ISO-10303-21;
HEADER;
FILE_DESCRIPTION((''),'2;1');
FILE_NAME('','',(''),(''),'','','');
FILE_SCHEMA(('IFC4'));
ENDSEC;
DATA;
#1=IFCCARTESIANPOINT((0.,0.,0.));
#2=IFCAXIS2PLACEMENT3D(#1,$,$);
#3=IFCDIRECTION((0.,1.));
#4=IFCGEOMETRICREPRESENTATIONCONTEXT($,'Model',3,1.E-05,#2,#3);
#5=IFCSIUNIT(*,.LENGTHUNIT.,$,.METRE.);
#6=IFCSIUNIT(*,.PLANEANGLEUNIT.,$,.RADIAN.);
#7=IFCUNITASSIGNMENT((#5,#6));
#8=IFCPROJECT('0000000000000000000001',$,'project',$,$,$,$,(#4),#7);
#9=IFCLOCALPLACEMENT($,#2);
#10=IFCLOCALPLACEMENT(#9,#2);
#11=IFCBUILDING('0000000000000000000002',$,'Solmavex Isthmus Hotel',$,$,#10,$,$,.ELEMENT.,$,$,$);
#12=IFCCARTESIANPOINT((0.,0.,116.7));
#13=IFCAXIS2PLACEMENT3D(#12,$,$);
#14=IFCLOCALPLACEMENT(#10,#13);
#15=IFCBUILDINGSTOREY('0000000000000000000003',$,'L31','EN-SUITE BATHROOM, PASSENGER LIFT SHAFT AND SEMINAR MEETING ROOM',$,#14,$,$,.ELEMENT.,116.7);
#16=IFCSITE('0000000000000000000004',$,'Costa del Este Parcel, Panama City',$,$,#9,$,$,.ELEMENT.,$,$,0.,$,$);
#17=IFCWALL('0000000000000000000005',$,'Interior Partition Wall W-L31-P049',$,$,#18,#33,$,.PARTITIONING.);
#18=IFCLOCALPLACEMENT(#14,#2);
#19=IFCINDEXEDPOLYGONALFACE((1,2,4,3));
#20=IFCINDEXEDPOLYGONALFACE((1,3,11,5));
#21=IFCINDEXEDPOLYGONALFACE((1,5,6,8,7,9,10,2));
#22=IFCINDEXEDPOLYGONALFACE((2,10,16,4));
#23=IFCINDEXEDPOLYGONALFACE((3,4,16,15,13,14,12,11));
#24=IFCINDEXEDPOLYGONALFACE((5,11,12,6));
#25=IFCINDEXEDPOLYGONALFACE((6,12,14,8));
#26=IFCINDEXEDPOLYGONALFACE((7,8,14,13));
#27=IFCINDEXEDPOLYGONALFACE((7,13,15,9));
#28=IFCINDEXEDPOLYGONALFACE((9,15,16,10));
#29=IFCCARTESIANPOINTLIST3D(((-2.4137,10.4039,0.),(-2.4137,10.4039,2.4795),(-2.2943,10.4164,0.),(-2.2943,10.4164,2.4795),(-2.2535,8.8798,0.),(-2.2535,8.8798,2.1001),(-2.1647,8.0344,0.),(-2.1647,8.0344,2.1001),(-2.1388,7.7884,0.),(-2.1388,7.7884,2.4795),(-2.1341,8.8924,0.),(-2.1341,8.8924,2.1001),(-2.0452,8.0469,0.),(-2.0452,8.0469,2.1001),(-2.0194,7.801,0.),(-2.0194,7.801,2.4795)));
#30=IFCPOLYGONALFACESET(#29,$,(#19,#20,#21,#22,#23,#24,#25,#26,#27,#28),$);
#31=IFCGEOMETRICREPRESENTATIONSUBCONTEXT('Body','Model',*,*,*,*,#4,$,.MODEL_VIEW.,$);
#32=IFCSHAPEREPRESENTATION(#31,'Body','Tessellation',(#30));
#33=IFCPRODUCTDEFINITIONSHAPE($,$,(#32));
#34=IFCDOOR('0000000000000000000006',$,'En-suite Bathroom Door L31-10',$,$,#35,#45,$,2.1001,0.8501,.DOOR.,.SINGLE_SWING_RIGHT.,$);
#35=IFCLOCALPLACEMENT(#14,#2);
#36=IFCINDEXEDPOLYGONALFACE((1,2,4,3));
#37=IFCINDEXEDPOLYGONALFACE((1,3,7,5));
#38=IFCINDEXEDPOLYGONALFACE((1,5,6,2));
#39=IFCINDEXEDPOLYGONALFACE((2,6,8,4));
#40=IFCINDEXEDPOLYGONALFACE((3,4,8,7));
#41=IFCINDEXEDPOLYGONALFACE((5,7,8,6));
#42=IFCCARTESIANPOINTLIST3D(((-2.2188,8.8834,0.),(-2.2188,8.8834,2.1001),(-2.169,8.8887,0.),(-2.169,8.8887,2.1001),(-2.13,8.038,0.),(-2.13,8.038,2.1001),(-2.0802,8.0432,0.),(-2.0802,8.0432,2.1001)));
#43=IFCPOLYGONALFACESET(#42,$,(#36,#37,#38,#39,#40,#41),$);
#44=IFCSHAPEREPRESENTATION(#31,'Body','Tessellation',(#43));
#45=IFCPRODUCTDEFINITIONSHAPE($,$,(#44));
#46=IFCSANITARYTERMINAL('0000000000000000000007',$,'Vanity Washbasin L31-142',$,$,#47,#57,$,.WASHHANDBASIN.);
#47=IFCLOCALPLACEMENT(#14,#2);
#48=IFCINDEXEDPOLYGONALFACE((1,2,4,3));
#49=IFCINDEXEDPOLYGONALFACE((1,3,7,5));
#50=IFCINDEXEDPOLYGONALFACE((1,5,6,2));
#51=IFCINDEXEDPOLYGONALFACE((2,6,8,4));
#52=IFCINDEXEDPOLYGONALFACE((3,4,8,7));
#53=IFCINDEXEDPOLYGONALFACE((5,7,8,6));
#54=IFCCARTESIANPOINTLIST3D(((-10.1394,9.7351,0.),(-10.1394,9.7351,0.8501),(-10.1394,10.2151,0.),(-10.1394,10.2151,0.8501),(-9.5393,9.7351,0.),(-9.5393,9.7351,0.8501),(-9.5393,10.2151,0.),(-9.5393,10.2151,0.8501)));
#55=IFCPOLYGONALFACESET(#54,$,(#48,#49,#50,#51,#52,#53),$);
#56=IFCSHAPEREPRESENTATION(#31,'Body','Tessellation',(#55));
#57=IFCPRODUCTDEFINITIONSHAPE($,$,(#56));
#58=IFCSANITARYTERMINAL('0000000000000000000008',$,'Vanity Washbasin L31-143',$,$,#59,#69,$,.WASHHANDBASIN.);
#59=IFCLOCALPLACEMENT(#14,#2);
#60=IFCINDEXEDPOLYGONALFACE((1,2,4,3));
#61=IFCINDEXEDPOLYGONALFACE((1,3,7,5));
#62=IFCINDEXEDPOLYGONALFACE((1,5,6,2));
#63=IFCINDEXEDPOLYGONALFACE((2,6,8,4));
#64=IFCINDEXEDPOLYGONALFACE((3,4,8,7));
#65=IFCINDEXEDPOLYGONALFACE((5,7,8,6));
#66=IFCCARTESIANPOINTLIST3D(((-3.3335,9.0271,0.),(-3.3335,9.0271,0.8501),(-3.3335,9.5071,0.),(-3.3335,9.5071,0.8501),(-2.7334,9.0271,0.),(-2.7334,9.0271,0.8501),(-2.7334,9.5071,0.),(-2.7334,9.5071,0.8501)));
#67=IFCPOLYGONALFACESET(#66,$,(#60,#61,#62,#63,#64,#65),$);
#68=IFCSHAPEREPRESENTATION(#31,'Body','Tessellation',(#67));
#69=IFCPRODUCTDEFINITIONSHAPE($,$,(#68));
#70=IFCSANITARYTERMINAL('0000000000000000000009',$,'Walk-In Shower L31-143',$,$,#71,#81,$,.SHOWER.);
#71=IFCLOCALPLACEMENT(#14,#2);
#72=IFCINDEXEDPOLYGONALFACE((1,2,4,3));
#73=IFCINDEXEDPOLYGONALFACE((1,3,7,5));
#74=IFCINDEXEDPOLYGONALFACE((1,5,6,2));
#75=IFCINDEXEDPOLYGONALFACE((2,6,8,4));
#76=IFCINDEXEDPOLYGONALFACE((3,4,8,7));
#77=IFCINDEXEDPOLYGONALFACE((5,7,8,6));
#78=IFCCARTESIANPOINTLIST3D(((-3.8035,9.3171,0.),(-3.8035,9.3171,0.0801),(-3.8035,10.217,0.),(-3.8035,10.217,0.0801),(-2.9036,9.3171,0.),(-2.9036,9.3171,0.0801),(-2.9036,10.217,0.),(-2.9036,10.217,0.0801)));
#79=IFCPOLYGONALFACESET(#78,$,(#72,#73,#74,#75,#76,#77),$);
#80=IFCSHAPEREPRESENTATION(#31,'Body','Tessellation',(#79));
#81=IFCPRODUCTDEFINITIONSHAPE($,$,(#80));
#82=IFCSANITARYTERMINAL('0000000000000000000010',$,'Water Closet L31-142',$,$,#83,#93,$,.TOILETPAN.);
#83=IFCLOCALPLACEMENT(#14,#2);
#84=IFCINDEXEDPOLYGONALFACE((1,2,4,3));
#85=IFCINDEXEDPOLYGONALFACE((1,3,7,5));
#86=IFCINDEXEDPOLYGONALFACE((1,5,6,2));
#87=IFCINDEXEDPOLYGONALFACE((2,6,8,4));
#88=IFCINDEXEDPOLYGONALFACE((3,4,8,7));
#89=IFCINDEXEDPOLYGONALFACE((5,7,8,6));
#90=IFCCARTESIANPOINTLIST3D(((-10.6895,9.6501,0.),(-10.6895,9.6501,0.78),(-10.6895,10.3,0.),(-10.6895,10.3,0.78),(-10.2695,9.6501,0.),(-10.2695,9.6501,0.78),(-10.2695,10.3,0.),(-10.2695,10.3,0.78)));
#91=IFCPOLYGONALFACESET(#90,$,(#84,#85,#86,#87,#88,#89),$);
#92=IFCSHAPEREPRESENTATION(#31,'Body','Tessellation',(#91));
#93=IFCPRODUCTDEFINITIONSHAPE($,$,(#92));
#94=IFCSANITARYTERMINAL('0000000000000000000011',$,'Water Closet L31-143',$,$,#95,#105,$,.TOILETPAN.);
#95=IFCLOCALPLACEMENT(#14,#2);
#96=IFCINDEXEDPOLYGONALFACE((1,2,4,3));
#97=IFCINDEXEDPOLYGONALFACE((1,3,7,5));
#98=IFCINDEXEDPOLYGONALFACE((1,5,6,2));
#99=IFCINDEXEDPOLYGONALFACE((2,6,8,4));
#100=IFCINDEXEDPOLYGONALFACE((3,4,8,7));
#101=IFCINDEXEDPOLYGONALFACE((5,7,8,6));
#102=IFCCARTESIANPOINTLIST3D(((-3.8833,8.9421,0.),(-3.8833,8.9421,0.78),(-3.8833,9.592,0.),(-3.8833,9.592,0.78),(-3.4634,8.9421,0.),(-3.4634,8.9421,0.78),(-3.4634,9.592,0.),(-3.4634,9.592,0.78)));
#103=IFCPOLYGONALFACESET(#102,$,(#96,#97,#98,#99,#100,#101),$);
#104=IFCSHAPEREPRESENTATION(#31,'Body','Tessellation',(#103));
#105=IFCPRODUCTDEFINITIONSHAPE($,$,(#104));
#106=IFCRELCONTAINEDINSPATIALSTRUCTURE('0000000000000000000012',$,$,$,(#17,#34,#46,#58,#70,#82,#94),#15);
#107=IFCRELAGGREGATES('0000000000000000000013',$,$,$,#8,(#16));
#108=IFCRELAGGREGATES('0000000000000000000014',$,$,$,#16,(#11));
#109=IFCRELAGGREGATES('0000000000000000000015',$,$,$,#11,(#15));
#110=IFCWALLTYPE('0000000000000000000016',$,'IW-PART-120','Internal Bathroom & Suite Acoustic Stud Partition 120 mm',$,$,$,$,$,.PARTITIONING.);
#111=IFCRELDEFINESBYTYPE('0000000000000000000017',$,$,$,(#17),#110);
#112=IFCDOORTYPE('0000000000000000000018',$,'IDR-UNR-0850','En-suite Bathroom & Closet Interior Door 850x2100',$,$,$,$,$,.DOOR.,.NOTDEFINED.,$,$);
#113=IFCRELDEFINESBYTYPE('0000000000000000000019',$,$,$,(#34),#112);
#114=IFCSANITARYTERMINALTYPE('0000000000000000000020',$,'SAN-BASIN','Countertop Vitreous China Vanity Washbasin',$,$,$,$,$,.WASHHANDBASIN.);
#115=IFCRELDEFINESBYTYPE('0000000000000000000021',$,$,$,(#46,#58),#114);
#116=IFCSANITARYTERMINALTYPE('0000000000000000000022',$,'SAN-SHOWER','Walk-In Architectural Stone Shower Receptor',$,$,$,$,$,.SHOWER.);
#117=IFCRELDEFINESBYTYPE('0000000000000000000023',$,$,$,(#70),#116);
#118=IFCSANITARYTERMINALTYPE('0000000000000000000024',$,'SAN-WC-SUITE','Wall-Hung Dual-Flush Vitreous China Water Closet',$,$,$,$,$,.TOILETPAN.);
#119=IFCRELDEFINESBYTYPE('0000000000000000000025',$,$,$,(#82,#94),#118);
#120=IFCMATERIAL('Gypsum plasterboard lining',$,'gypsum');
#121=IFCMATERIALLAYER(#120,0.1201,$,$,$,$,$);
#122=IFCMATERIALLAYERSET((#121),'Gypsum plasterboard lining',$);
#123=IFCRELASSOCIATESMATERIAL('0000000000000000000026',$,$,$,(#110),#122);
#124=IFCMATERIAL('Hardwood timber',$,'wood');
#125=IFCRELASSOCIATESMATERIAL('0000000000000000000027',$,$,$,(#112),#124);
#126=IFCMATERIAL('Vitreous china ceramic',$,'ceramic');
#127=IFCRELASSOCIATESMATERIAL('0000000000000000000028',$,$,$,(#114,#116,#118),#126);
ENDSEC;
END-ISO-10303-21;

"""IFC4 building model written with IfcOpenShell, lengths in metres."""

from ifc_helpers import new_model, si_unit, direction, frame, frame_2d, origin, origin_2d, place, context, subcontext, project, spatial, rectangle, extrude, material, layer, layer_set, type_object, element, fill, save


model = new_model("IFC4")

# Units and contexts
model_context = context("Model", 3, precision=1e-05, world=origin(), true_north=direction((0.0, 1.0)))
body_context = subcontext(model_context, "Body", "Model", "MODEL_VIEW")
ifc_project = project(units=[si_unit("LENGTHUNIT", "METRE"), si_unit("PLANEANGLEUNIT", "RADIAN")], contexts=[model_context])

# Site, building, storey
site_placement = place(None, origin())
site = spatial("IfcSite", under=ifc_project, at=site_placement, Name="Costa del Este Parcel, Panama City", CompositionType="ELEMENT", RefElevation=0.0)
building_placement = place(site_placement, origin())
building = spatial("IfcBuilding", under=site, at=building_placement, Name="Solmavex Isthmus Hotel", CompositionType="ELEMENT")
storey_placement = place(building_placement, frame((0.0, 0.0, 116.7)))
storey = spatial("IfcBuildingStorey", under=building, at=storey_placement, Name="L31", Description="EN-SUITE BATHROOM, PASSENGER LIFT SHAFT AND SEMINAR MEETING ROOM", CompositionType="ELEMENT", Elevation=116.7)

# Shared definitions
ifc_material_1 = material(Name="Gypsum plasterboard lining", Category="gypsum")

# Shared definitions
ifc_material_2 = material(Name="Hardwood timber", Category="wood")

# Shared definitions
ifc_layer_1 = layer(ifc_material_1, 0.1201)
ifc_layer_set_1 = layer_set([ifc_layer_1], Name="Gypsum plasterboard lining")
wall_type_1 = type_object("IfcWallType", Name="IW-PART-120", Description="Internal Bathroom & Suite Acoustic Stud Partition 120 mm", PredefinedType="PARTITIONING", material=ifc_layer_set_1)

# Wall, opening, door
wall_1_placement = place(storey_placement, frame((-2.0791, 7.7947, 0.0), z_axis=(0.0, 0.0, 1.0), x_axis=(-0.10453, 0.994522, 0.0)))
wall_1 = element("IfcWall", 1, at=wall_1_placement, inside=storey, type_object=wall_type_1, Name="Interior Partition Wall W-L31-P049", PredefinedType="PARTITIONING", context=body_context, shape_type="SweptSolid", body=[
    extrude(rectangle(XDim=2.6299, YDim=0.1201, at=frame_2d((1.3149, 0.0))), origin(), (0.0, 0.0, 1.0), 2.4795),
])
opening_1_placement = place(wall_1_placement, frame((0.2473, 0.0, 0.0)))
opening_1 = element("IfcOpeningElement", 2, at=opening_1_placement, cuts=wall_1, PredefinedType="OPENING", context=body_context, shape_type="SweptSolid", body=[
    extrude(rectangle(XDim=0.8501, YDim=2.1001, at=frame_2d((0.425, 1.05))), frame((0.0, 0.0701, 0.0), z_axis=(0.0, -1.0, 0.0), x_axis=(1.0, 0.0, 0.0)), (0.0, 0.0, 1.0), 0.1401),
])
door_type_1 = type_object("IfcDoorType", Name="IDR-UNR-0850", Description="En-suite Bathroom & Closet Interior Door 850x2100", OperationType="NOTDEFINED", PredefinedType="DOOR", material=ifc_material_2)
door_1_placement = place(opening_1_placement, frame((0.8501, 0.0, 0.0), z_axis=(0.0, 0.0, 1.0), x_axis=(-1.0, 0.0, 0.0)))
door_1 = element("IfcDoor", 3, at=door_1_placement, inside=storey, type_object=door_type_1, Name="En-suite Bathroom Door L31-10", OperationType="SINGLE_SWING_RIGHT", OverallHeight=2.1001, OverallWidth=0.8501, PredefinedType="DOOR", context=body_context, shape_type="SweptSolid", body=[
    extrude(rectangle(XDim=0.8501, YDim=2.1001, at=frame_2d((0.425, 1.05))), frame((0.0, 0.0249, 0.0), z_axis=(0.0, -1.0, 0.0), x_axis=(1.0, 0.0, 0.0)), (0.0, 0.0, 1.0), 0.05),
])
fill(opening_1, door_1)

# Sanitary terminals
ifc_material_3 = material(Name="Vitreous china ceramic", Category="ceramic")
sanitary_terminal_type_1 = type_object("IfcSanitaryTerminalType", Name="SAN-BASIN", Description="Countertop Vitreous China Vanity Washbasin", PredefinedType="WASHHANDBASIN", material=ifc_material_3)
for number, where, z_axis, x_axis, name in (
    (4, (-9.8394, 9.9751, 0.0), (0.0, 0.0, 1.0), (1.0, 0.0, 0.0), "Vanity Washbasin L31-142"),
    (5, (-3.0334, 9.2671, 0.0), (0.0, 0.0, 1.0), (1.0, 0.0, 0.0), "Vanity Washbasin L31-143"),
):
    element("IfcSanitaryTerminal", number, at=place(storey_placement, frame(where, z_axis=z_axis, x_axis=x_axis)), inside=storey, type_object=sanitary_terminal_type_1, Name=name, PredefinedType="WASHHANDBASIN", context=body_context, shape_type="SweptSolid", body=[
        extrude(rectangle(XDim=0.6001, YDim=0.48, at=origin_2d()), origin(), (0.0, 0.0, 1.0), 0.8501),
    ])
sanitary_terminal_type_2 = type_object("IfcSanitaryTerminalType", Name="SAN-SHOWER", Description="Walk-In Architectural Stone Shower Receptor", PredefinedType="SHOWER", material=ifc_material_3)
sanitary_terminal_placement = place(storey_placement, frame((-3.3535, 9.7671, 0.0), z_axis=(0.0, 0.0, 1.0), x_axis=(1.0, 0.0, 0.0)))
element("IfcSanitaryTerminal", 6, at=sanitary_terminal_placement, inside=storey, type_object=sanitary_terminal_type_2, Name="Walk-In Shower L31-143", PredefinedType="SHOWER", context=body_context, shape_type="SweptSolid", body=[
    extrude(rectangle(XDim=0.8999, YDim=0.8999, at=origin_2d()), origin(), (0.0, 0.0, 1.0), 0.0801),
])
sanitary_terminal_type_3 = type_object("IfcSanitaryTerminalType", Name="SAN-WC-SUITE", Description="Wall-Hung Dual-Flush Vitreous China Water Closet", PredefinedType="TOILETPAN", material=ifc_material_3)
for number, where, z_axis, x_axis, name in (
    (7, (-10.4795, 9.9751, 0.0), (0.0, 0.0, 1.0), (1.0, 0.0, 0.0), "Water Closet L31-142"),
    (8, (-3.6733, 9.2671, 0.0), (0.0, 0.0, 1.0), (1.0, 0.0, 0.0), "Water Closet L31-143"),
):
    element("IfcSanitaryTerminal", number, at=place(storey_placement, frame(where, z_axis=z_axis, x_axis=x_axis)), inside=storey, type_object=sanitary_terminal_type_3, Name=name, PredefinedType="TOILETPAN", context=body_context, shape_type="SweptSolid", body=[
        extrude(rectangle(XDim=0.4199, YDim=0.6499, at=origin_2d()), origin(), (0.0, 0.0, 1.0), 0.78),
    ])

save(model, "model.ifc")
